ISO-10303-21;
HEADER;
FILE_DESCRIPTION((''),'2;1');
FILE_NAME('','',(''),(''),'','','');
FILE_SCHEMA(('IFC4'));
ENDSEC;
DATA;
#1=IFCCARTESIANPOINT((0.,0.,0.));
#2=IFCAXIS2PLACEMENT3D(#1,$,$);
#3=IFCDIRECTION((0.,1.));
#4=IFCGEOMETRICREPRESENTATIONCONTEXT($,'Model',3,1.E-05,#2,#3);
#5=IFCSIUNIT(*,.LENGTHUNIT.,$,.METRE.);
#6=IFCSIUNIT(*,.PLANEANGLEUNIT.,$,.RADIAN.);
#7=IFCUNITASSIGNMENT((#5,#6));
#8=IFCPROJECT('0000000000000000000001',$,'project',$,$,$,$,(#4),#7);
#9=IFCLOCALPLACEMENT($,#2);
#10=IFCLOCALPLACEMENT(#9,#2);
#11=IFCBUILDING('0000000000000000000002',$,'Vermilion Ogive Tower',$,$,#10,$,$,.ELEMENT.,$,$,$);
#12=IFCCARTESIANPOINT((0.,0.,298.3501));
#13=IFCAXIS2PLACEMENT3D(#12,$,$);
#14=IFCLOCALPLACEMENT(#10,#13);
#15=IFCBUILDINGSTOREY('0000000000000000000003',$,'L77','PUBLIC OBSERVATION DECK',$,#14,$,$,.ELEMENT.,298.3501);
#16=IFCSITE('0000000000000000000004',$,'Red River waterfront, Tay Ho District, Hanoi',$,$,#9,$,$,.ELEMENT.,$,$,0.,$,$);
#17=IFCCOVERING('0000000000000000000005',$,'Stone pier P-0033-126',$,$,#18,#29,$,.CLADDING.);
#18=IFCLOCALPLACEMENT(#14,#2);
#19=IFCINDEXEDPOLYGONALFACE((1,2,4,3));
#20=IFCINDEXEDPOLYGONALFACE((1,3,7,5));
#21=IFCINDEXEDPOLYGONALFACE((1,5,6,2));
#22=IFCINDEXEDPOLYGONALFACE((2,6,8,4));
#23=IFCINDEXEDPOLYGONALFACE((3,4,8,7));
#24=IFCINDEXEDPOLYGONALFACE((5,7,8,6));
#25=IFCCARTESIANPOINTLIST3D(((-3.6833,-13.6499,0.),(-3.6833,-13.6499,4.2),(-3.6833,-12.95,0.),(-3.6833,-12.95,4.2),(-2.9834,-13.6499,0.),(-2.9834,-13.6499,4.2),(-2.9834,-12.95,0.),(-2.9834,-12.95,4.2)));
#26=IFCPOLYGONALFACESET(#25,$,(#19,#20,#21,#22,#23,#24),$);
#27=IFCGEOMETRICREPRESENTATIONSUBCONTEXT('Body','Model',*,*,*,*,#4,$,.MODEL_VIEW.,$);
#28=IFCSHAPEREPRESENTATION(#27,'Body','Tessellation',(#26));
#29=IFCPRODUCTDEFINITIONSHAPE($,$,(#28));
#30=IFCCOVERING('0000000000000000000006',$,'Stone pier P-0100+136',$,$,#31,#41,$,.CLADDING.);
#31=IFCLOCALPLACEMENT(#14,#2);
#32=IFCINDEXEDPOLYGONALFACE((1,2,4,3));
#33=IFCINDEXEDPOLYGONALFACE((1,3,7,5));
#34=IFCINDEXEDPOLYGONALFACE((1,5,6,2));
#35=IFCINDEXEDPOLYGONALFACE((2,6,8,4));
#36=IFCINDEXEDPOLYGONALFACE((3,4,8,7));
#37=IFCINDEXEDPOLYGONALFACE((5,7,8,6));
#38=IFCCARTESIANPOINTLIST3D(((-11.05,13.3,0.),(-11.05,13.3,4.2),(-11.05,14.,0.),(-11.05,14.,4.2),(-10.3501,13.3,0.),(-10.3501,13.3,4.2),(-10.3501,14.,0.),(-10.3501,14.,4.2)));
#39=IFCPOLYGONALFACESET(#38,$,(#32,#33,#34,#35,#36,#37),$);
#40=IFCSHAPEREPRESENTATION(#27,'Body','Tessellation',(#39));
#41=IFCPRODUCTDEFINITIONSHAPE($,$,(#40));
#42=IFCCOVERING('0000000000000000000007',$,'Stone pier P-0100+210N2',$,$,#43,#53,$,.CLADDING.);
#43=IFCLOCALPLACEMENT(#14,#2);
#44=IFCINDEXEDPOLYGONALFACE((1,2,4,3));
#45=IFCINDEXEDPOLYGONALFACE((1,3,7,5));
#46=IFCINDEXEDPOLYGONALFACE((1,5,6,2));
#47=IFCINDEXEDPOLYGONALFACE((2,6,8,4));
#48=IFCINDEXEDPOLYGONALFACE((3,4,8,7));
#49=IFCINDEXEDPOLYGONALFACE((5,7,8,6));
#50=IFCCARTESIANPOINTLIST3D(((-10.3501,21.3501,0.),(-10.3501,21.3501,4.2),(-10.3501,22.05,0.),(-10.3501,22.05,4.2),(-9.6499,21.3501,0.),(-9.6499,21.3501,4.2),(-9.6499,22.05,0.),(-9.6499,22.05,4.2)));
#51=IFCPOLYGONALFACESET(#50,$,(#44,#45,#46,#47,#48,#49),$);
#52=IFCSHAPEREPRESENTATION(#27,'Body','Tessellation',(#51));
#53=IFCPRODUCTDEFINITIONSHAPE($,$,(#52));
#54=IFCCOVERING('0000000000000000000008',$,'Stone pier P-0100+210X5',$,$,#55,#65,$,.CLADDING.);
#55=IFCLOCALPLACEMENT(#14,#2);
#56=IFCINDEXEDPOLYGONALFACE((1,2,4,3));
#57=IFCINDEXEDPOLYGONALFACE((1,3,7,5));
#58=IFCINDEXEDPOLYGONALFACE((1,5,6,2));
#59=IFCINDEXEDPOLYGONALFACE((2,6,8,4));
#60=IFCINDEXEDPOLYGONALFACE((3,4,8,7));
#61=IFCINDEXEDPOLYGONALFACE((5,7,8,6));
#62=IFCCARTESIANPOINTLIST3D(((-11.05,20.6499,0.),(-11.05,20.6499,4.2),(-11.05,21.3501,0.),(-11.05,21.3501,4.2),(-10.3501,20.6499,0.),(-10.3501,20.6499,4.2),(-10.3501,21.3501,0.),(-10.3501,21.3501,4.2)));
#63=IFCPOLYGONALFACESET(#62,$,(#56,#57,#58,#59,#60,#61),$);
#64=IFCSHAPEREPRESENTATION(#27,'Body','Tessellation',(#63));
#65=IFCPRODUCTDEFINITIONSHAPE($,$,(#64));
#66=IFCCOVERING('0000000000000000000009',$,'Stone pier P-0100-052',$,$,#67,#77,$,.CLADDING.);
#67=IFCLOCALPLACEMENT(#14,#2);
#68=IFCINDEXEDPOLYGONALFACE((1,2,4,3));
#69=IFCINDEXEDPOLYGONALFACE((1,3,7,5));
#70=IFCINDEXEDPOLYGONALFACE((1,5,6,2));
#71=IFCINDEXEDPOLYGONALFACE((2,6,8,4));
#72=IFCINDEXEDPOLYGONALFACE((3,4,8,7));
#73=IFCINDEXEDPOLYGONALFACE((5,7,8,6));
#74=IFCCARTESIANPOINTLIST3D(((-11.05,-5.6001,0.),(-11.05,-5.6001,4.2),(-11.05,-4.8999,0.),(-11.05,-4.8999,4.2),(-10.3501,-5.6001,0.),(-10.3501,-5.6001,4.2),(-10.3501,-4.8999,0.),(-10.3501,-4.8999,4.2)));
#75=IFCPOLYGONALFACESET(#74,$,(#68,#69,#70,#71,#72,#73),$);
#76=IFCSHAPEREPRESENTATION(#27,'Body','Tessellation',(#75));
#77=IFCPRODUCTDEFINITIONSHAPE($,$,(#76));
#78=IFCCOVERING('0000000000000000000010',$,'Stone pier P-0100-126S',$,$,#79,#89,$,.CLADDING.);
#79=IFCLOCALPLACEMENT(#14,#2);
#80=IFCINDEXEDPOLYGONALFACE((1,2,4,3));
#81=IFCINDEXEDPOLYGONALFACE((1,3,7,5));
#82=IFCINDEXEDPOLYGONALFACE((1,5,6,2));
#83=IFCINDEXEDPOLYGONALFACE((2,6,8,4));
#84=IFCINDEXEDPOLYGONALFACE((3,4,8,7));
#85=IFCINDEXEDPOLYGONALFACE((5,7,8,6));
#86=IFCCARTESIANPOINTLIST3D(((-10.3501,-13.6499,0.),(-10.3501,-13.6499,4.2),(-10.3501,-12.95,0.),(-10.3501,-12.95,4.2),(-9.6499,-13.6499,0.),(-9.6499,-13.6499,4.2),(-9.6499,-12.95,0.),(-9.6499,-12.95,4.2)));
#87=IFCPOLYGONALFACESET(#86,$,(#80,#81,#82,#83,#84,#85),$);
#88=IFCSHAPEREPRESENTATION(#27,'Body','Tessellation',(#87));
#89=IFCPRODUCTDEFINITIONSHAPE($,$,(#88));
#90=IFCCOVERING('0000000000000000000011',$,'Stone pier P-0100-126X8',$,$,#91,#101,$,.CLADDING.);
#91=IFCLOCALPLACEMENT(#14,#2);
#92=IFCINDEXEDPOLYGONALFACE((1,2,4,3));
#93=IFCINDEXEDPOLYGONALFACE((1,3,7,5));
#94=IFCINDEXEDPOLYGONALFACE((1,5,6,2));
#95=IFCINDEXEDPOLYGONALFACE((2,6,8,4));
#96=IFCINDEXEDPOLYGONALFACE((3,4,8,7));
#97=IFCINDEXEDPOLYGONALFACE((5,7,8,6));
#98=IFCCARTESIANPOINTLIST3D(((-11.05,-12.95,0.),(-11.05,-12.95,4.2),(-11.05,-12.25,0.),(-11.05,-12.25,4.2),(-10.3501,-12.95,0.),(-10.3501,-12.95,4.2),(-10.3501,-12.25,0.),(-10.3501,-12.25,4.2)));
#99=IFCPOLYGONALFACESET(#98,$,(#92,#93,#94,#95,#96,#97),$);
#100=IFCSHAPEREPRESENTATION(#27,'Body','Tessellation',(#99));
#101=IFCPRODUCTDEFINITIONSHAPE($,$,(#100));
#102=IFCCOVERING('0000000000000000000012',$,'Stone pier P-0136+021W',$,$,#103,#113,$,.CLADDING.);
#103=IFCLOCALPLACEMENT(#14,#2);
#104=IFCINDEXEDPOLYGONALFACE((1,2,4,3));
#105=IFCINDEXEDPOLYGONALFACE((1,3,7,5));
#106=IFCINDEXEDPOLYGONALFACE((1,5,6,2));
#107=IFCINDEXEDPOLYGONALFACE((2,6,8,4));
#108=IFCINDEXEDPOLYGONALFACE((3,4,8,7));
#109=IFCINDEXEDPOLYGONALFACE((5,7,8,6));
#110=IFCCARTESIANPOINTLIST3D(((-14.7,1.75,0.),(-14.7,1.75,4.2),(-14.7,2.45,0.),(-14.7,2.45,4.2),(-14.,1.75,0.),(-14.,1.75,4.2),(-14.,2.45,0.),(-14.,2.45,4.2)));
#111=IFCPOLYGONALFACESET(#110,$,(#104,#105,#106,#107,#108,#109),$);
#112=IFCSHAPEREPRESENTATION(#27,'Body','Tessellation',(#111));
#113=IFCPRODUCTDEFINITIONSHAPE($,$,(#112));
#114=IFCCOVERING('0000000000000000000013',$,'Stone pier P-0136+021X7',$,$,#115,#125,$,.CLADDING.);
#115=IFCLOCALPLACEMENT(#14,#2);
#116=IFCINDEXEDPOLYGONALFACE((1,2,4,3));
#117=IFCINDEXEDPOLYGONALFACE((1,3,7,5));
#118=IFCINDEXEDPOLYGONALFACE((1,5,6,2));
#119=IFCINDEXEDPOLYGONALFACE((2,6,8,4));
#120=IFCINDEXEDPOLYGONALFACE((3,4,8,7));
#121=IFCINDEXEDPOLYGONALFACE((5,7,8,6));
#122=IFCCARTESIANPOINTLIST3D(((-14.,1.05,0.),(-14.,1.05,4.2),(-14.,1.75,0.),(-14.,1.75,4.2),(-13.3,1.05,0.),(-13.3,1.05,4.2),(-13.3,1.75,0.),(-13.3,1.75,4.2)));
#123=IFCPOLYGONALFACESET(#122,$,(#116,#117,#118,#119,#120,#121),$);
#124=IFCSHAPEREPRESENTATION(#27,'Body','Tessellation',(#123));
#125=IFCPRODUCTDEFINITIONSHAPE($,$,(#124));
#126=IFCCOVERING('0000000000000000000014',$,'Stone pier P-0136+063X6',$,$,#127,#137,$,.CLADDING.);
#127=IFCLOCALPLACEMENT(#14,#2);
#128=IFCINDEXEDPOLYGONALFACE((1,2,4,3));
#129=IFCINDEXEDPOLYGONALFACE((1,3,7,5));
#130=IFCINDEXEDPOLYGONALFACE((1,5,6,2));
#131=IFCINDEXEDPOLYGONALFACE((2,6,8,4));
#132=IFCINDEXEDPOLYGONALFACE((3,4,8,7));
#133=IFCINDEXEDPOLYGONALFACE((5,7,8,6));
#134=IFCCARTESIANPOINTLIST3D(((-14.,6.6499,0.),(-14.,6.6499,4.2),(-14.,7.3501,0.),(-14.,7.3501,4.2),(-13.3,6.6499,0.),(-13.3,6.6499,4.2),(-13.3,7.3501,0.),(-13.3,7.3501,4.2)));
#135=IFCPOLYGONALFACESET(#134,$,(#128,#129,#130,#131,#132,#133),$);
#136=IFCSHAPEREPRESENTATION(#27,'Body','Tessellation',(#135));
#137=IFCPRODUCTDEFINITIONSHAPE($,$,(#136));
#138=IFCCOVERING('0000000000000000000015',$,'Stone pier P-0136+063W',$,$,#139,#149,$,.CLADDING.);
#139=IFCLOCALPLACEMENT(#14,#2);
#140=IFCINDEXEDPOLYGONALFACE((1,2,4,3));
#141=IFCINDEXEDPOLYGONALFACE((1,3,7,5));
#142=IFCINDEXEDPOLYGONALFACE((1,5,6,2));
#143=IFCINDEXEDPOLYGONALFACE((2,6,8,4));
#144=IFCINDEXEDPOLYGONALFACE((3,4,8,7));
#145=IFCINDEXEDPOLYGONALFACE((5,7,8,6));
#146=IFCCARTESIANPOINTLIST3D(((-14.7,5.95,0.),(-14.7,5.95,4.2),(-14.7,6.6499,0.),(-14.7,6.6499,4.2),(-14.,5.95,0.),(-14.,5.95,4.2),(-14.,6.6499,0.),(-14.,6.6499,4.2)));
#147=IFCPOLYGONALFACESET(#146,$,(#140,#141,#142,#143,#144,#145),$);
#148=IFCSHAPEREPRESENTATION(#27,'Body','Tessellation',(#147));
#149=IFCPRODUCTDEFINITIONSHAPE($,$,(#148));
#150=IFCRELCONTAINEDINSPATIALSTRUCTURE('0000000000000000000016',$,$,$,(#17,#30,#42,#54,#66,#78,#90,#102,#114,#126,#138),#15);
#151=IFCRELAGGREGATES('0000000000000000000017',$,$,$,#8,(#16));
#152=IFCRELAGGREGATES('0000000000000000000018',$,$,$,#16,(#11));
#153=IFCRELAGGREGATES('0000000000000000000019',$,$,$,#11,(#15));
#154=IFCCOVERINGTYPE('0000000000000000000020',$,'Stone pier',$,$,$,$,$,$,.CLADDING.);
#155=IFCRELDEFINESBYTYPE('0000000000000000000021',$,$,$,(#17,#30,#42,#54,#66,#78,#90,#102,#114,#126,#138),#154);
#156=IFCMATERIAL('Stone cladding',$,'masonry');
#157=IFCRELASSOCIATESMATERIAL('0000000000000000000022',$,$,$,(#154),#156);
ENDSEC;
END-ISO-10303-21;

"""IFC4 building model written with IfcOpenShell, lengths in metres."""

from ifc_helpers import new_model, si_unit, direction, frame, origin, place, context, subcontext, project, spatial, polyline, outline, extrude, material, type_object, element, save


model = new_model("IFC4")

# Units and contexts
model_context = context("Model", 3, precision=1e-05, world=origin(), true_north=direction((0.0, 1.0)))
body_context = subcontext(model_context, "Body", "Model", "MODEL_VIEW")
ifc_project = project(units=[si_unit("LENGTHUNIT", "METRE"), si_unit("PLANEANGLEUNIT", "RADIAN")], contexts=[model_context])

# Site, building, storey
site_placement = place(None, origin())
site = spatial("IfcSite", under=ifc_project, at=site_placement, Name="Red River waterfront, Tay Ho District, Hanoi", CompositionType="ELEMENT", RefElevation=0.0)
building_placement = place(site_placement, origin())
building = spatial("IfcBuilding", under=site, at=building_placement, Name="Vermilion Ogive Tower", CompositionType="ELEMENT")
storey_placement = place(building_placement, frame((0.0, 0.0, 298.3501)))
storey = spatial("IfcBuildingStorey", under=building, at=storey_placement, Name="L77", Description="PUBLIC OBSERVATION DECK", CompositionType="ELEMENT", Elevation=298.3501)

# Coverings
ifc_material_1 = material(Name="Stone cladding", Category="masonry")
covering_type = type_object("IfcCoveringType", Name="Stone pier", PredefinedType="CLADDING", material=ifc_material_1)
covering_1_placement = place(storey_placement, origin())
element("IfcCovering", 1, at=covering_1_placement, inside=storey, type_object=covering_type, Name="Stone pier P-0033-126", PredefinedType="CLADDING", context=body_context, shape_type="SweptSolid", body=[
    extrude(outline(polyline([(-2.9834, -13.6499), (-3.6833, -13.6499), (-3.6833, -12.95), (-2.9834, -12.95), (-2.9834, -13.6499)])), origin(), (0.0, 0.0, 1.0), 4.2),
])
covering_2_placement = place(storey_placement, origin())
element("IfcCovering", 2, at=covering_2_placement, inside=storey, type_object=covering_type, Name="Stone pier P-0100+136", PredefinedType="CLADDING", context=body_context, shape_type="SweptSolid", body=[
    extrude(outline(polyline([(-11.05, 13.3), (-11.05, 14.0), (-10.3501, 14.0), (-10.3501, 13.3), (-11.05, 13.3)])), origin(), (0.0, 0.0, 1.0), 4.2),
])
covering_3_placement = place(storey_placement, origin())
element("IfcCovering", 3, at=covering_3_placement, inside=storey, type_object=covering_type, Name="Stone pier P-0100+210N2", PredefinedType="CLADDING", context=body_context, shape_type="SweptSolid", body=[
    extrude(outline(polyline([(-10.3501, 21.3501), (-10.3501, 22.05), (-9.6499, 22.05), (-9.6499, 21.3501), (-9.6499, 21.3501), (-10.3501, 21.3501)])), origin(), (0.0, 0.0, 1.0), 4.2),
])
covering_4_placement = place(storey_placement, origin())
element("IfcCovering", 4, at=covering_4_placement, inside=storey, type_object=covering_type, Name="Stone pier P-0100+210X5", PredefinedType="CLADDING", context=body_context, shape_type="SweptSolid", body=[
    extrude(outline(polyline([(-11.05, 21.3501), (-10.3501, 21.3501), (-10.3501, 20.6499), (-11.05, 20.6499), (-11.05, 21.3501)])), origin(), (0.0, 0.0, 1.0), 4.2),
])
covering_5_placement = place(storey_placement, origin())
element("IfcCovering", 5, at=covering_5_placement, inside=storey, type_object=covering_type, Name="Stone pier P-0100-052", PredefinedType="CLADDING", context=body_context, shape_type="SweptSolid", body=[
    extrude(outline(polyline([(-11.05, -5.6001), (-11.05, -4.8999), (-10.3501, -4.8999), (-10.3501, -5.6001), (-11.05, -5.6001)])), origin(), (0.0, 0.0, 1.0), 4.2),
])
covering_6_placement = place(storey_placement, origin())
element("IfcCovering", 6, at=covering_6_placement, inside=storey, type_object=covering_type, Name="Stone pier P-0100-126S", PredefinedType="CLADDING", context=body_context, shape_type="SweptSolid", body=[
    extrude(outline(polyline([(-9.6499, -13.6499), (-10.3501, -13.6499), (-10.3501, -12.95), (-9.6499, -12.95), (-9.6499, -13.6499)])), origin(), (0.0, 0.0, 1.0), 4.2),
])
covering_7_placement = place(storey_placement, origin())
element("IfcCovering", 7, at=covering_7_placement, inside=storey, type_object=covering_type, Name="Stone pier P-0100-126X8", PredefinedType="CLADDING", context=body_context, shape_type="SweptSolid", body=[
    extrude(outline(polyline([(-11.05, -12.25), (-10.3501, -12.25), (-10.3501, -12.95), (-11.05, -12.95), (-11.05, -12.25)])), origin(), (0.0, 0.0, 1.0), 4.2),
])
covering_8_placement = place(storey_placement, origin())
element("IfcCovering", 8, at=covering_8_placement, inside=storey, type_object=covering_type, Name="Stone pier P-0136+021W", PredefinedType="CLADDING", context=body_context, shape_type="SweptSolid", body=[
    extrude(outline(polyline([(-14.0, 1.75), (-14.7, 1.75), (-14.7, 2.45), (-14.0, 2.45), (-14.0, 2.45), (-14.0, 1.75)])), origin(), (0.0, 0.0, 1.0), 4.2),
])
covering_9_placement = place(storey_placement, origin())
element("IfcCovering", 9, at=covering_9_placement, inside=storey, type_object=covering_type, Name="Stone pier P-0136+021X7", PredefinedType="CLADDING", context=body_context, shape_type="SweptSolid", body=[
    extrude(outline(polyline([(-14.0, 1.05), (-14.0, 1.75), (-13.3, 1.75), (-13.3, 1.05), (-14.0, 1.05)])), origin(), (0.0, 0.0, 1.0), 4.2),
])
covering_10_placement = place(storey_placement, origin())
element("IfcCovering", 10, at=covering_10_placement, inside=storey, type_object=covering_type, Name="Stone pier P-0136+063X6", PredefinedType="CLADDING", context=body_context, shape_type="SweptSolid", body=[
    extrude(outline(polyline([(-14.0, 6.6499), (-14.0, 7.3501), (-13.3, 7.3501), (-13.3, 6.6499), (-14.0, 6.6499), (-14.0, 6.6499)])), origin(), (0.0, 0.0, 1.0), 4.2),
])
covering_11_placement = place(storey_placement, origin())
element("IfcCovering", 11, at=covering_11_placement, inside=storey, type_object=covering_type, Name="Stone pier P-0136+063W", PredefinedType="CLADDING", context=body_context, shape_type="SweptSolid", body=[
    extrude(outline(polyline([(-14.7, 5.95), (-14.7, 6.6499), (-14.0, 6.6499), (-14.0, 6.6499), (-14.0, 6.6499), (-14.0, 5.95), (-14.7, 5.95)])), origin(), (0.0, 0.0, 1.0), 4.2),
])

save(model, "model.ifc")
